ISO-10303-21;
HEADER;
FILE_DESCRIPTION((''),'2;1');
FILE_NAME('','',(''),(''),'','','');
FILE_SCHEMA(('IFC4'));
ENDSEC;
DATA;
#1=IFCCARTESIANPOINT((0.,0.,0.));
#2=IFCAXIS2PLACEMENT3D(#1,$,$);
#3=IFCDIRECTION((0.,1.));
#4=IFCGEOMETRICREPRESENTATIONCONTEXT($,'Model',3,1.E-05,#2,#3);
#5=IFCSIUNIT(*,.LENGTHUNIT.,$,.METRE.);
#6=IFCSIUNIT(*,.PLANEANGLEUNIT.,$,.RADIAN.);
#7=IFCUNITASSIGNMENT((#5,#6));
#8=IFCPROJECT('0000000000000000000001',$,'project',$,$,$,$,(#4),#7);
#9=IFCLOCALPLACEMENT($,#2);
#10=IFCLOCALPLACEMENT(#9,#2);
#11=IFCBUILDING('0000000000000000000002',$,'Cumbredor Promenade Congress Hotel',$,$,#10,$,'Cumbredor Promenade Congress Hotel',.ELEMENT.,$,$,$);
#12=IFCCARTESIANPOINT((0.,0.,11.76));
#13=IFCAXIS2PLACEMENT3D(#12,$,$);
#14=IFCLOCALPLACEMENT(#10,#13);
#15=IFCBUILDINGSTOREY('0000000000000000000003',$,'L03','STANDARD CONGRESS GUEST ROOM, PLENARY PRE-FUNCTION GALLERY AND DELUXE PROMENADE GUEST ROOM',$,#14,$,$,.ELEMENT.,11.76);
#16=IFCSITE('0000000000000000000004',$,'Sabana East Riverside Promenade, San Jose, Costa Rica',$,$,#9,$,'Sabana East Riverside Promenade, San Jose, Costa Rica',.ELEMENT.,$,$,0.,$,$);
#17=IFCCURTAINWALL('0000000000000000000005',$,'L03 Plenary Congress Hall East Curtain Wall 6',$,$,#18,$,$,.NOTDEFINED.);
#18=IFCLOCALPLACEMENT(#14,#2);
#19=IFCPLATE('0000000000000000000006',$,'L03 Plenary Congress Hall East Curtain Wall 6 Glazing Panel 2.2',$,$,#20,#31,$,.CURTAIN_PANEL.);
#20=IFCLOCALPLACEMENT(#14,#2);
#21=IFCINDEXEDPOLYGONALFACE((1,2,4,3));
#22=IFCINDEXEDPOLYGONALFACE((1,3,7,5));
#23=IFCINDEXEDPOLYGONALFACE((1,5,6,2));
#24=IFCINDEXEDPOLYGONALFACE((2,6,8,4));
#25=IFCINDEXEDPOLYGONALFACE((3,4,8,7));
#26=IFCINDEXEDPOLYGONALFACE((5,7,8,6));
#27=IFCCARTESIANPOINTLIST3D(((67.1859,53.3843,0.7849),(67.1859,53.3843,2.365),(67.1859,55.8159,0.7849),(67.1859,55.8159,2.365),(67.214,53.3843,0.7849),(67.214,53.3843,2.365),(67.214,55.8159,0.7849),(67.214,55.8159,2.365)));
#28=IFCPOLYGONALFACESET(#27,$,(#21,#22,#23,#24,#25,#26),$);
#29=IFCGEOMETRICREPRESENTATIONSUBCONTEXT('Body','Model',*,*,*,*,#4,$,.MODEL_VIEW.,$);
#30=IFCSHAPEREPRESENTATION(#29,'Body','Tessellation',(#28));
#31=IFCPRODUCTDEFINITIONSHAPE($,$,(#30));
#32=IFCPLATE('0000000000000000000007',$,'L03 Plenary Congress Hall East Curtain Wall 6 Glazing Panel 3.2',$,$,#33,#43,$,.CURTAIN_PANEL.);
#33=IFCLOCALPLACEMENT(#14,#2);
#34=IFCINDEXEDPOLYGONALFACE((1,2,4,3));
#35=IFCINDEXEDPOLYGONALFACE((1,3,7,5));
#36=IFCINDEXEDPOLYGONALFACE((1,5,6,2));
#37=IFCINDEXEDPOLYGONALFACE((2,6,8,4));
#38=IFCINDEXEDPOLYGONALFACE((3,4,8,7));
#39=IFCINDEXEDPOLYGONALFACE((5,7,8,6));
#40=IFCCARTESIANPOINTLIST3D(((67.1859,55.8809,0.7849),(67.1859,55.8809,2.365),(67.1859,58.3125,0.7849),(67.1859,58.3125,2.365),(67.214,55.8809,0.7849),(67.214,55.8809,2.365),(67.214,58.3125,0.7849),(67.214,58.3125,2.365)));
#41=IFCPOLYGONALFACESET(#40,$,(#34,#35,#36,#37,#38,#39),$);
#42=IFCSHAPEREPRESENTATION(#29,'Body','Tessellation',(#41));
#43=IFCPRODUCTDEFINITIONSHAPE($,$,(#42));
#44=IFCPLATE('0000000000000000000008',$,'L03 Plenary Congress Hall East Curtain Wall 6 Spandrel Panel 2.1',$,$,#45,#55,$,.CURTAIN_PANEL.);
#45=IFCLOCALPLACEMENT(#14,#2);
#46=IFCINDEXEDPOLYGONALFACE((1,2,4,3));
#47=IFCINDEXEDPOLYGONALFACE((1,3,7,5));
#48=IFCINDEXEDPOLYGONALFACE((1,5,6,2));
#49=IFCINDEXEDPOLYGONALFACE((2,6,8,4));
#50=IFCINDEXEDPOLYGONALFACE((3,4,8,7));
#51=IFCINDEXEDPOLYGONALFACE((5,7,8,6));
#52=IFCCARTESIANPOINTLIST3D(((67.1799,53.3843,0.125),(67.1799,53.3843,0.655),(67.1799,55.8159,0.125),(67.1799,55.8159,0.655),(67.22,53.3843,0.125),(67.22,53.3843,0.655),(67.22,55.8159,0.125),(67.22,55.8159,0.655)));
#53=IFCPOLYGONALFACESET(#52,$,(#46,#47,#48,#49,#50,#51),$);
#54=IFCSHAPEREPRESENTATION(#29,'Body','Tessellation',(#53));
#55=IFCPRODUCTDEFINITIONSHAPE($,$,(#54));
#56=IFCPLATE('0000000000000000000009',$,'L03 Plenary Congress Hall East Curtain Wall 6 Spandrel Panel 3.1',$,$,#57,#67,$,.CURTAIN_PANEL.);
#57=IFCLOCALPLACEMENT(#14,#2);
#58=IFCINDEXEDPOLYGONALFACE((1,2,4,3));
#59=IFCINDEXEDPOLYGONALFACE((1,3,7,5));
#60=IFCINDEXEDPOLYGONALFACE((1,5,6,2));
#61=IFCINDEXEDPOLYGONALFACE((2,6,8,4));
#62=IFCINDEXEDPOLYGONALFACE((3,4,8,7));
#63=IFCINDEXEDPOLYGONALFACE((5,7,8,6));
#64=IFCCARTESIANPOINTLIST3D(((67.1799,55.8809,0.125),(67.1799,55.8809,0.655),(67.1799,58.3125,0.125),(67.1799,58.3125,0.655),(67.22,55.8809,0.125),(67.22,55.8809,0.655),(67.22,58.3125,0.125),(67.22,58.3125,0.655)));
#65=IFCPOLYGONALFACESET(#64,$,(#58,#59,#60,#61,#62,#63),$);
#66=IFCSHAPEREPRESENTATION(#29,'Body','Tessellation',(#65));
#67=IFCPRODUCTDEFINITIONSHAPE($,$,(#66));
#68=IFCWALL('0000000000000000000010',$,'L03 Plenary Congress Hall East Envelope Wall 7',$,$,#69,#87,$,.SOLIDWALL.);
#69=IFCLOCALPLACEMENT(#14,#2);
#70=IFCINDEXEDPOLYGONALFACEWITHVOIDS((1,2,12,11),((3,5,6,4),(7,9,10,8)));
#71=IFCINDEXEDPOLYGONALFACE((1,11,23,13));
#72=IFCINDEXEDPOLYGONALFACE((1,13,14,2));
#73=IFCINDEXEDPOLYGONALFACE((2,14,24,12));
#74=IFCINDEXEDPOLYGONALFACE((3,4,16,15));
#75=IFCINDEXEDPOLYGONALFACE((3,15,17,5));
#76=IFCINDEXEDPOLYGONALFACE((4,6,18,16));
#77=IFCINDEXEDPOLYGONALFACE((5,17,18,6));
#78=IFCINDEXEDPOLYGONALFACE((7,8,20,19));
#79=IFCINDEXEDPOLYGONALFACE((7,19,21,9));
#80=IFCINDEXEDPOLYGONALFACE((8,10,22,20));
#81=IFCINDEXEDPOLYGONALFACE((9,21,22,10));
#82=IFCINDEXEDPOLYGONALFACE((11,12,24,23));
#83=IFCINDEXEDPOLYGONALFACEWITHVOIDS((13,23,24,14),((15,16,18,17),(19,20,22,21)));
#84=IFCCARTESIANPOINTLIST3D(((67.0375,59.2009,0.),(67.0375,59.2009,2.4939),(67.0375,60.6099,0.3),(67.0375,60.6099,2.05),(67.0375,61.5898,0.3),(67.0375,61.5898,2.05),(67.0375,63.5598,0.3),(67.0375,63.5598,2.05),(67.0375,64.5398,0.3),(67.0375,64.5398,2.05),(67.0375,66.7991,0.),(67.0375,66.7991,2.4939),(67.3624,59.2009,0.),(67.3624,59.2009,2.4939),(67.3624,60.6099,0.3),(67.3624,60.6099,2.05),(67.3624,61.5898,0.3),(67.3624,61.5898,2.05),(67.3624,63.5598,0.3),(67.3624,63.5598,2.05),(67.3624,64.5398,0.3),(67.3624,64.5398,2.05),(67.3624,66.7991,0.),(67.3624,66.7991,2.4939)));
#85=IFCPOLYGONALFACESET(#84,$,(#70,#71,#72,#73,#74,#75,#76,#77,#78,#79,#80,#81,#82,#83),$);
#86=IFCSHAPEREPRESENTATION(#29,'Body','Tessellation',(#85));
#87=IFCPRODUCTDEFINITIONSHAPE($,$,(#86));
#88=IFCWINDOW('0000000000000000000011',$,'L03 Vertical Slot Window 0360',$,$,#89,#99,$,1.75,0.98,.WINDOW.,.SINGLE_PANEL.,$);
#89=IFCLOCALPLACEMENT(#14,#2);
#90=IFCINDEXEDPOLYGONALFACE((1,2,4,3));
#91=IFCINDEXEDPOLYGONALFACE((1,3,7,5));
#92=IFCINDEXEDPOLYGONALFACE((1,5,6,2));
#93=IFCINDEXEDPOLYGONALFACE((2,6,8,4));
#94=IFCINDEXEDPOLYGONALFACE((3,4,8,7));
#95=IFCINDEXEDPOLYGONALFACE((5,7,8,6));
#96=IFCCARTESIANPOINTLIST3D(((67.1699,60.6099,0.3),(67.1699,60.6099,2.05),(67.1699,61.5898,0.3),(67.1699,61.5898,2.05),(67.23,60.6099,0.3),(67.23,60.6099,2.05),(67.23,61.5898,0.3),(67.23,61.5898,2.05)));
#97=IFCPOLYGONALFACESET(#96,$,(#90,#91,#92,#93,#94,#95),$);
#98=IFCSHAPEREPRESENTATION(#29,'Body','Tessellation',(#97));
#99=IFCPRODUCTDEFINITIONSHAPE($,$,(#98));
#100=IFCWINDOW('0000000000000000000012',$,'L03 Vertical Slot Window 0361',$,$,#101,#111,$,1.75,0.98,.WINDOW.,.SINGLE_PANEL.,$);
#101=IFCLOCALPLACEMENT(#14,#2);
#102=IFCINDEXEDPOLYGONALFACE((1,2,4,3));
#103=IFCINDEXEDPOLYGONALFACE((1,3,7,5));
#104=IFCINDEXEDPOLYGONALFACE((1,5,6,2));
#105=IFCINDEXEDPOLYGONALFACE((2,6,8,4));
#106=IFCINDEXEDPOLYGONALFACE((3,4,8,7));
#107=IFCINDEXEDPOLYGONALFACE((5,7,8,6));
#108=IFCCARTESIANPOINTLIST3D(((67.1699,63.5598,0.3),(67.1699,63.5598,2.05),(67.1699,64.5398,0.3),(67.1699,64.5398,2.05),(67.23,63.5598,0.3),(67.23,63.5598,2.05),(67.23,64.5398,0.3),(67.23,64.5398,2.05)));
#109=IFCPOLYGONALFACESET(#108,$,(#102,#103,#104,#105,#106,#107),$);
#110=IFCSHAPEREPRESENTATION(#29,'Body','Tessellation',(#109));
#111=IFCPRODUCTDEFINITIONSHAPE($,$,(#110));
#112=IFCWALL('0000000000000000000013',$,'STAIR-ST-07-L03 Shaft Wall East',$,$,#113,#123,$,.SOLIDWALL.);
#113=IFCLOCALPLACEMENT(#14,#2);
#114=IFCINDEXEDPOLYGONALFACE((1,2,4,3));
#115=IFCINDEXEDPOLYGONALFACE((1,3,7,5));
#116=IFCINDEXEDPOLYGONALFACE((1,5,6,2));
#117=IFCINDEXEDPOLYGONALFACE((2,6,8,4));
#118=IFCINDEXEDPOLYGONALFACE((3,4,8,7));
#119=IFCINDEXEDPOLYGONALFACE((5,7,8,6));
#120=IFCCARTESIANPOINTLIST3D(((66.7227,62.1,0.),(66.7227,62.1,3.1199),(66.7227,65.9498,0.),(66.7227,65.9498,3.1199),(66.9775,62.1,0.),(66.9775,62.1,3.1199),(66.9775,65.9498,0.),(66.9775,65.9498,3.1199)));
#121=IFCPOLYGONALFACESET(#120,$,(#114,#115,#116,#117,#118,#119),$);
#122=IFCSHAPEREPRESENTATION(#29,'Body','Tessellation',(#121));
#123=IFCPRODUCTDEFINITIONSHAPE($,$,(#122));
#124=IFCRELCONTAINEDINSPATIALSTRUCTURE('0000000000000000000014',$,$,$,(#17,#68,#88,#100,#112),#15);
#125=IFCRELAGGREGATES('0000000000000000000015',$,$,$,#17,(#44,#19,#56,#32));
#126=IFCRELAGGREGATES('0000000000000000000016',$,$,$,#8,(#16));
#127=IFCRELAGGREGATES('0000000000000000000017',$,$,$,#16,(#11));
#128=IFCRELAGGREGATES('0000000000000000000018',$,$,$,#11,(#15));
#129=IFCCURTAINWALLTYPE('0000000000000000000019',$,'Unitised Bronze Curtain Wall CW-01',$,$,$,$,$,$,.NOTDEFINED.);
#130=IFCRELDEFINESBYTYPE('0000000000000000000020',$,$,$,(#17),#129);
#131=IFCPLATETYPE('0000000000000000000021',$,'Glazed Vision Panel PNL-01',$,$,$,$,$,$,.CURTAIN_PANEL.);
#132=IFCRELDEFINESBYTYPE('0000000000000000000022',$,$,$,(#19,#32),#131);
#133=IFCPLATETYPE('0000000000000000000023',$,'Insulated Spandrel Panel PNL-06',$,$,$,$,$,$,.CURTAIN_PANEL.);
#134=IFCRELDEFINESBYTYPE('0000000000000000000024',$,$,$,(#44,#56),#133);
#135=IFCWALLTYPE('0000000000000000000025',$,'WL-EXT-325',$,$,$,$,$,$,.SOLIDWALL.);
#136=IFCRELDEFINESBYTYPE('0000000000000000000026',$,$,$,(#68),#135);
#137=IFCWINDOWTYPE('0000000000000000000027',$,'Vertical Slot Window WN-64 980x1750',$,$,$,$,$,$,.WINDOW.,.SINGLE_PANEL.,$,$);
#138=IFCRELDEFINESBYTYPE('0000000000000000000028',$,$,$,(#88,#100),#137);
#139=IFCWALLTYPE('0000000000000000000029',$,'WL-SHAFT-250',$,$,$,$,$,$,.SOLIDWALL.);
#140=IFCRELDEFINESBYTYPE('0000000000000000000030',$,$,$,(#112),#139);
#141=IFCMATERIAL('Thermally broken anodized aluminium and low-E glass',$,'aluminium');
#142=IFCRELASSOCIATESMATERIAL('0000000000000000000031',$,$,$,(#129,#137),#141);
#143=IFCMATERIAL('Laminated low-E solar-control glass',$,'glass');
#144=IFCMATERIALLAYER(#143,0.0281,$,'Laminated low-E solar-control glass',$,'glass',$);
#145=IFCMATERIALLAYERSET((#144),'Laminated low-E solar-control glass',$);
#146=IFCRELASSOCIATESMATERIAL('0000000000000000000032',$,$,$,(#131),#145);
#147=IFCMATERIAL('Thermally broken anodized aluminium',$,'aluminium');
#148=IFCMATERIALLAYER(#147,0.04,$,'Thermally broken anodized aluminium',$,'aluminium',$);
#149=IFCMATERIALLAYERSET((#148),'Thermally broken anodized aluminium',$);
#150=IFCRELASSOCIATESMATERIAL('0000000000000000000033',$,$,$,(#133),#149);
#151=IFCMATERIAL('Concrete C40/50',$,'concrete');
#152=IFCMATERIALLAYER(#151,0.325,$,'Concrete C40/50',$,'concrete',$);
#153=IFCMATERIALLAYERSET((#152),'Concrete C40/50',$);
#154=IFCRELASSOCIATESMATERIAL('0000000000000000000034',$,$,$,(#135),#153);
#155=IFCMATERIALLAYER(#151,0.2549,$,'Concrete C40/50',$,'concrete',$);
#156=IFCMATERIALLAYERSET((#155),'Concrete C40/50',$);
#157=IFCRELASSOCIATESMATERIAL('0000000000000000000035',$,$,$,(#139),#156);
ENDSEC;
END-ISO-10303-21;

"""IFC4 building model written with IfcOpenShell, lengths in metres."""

from ifc_helpers import new_model, si_unit, direction, frame, frame_2d, origin, origin_2d, place, context, subcontext, project, spatial, rectangle, extrude, material, layer, layer_set, type_object, element, fill, aggregate, save


model = new_model("IFC4")

# Units and contexts
model_context = context("Model", 3, precision=1e-05, world=origin(), true_north=direction((0.0, 1.0)))
body_context = subcontext(model_context, "Body", "Model", "MODEL_VIEW")
ifc_project = project(units=[si_unit("LENGTHUNIT", "METRE"), si_unit("PLANEANGLEUNIT", "RADIAN")], contexts=[model_context])

# Site, building, storey
site_placement = place(None, origin())
site = spatial("IfcSite", under=ifc_project, at=site_placement, Name="Sabana East Riverside Promenade, San Jose, Costa Rica", LongName="Sabana East Riverside Promenade, San Jose, Costa Rica", CompositionType="ELEMENT", RefElevation=0.0)
building_placement = place(site_placement, origin())
building = spatial("IfcBuilding", under=site, at=building_placement, Name="Cumbredor Promenade Congress Hotel", LongName="Cumbredor Promenade Congress Hotel", CompositionType="ELEMENT")
storey_placement = place(building_placement, frame((0.0, 0.0, 11.76)))
storey = spatial("IfcBuildingStorey", under=building, at=storey_placement, Name="L03", Description="STANDARD CONGRESS GUEST ROOM, PLENARY PRE-FUNCTION GALLERY AND DELUXE PROMENADE GUEST ROOM", CompositionType="ELEMENT", Elevation=11.76)

# Curtain wall
ifc_material_1 = material(Name="Thermally broken anodized aluminium and low-E glass", Category="aluminium")
curtain_wall_type_1 = type_object("IfcCurtainWallType", Name="Unitised Bronze Curtain Wall CW-01", PredefinedType="NOTDEFINED", material=ifc_material_1)
curtain_wall_1_placement = place(storey_placement, origin())
curtain_wall_1 = element("IfcCurtainWall", 1, at=curtain_wall_1_placement, inside=storey, type_object=curtain_wall_type_1, Name="L03 Plenary Congress Hall East Curtain Wall 6", PredefinedType="NOTDEFINED")
ifc_material_2 = material(Name="Thermally broken anodized aluminium", Category="aluminium")

# Shared definitions
ifc_material_3 = material(Name="Concrete C40/50", Category="concrete")

# Plates
ifc_material_4 = material(Name="Laminated low-E solar-control glass", Category="glass")
ifc_layer_1 = layer(ifc_material_4, 0.0281, Name="Laminated low-E solar-control glass", Category="glass")
ifc_layer_set_1 = layer_set([ifc_layer_1], Name="Laminated low-E solar-control glass")
plate_type_1 = type_object("IfcPlateType", Name="Glazed Vision Panel PNL-01", PredefinedType="CURTAIN_PANEL", material=ifc_layer_set_1)
plate_1_placement = place(storey_placement, frame((67.2, 54.6001, 0.7849), z_axis=(0.0, 0.0, 1.0), x_axis=(0.0, 1.0, 0.0)))
plate_1 = element("IfcPlate", 2, at=plate_1_placement, type_object=plate_type_1, Name="L03 Plenary Congress Hall East Curtain Wall 6 Glazing Panel 2.2", PredefinedType="CURTAIN_PANEL", context=body_context, shape_type="SweptSolid", body=[
    extrude(rectangle(XDim=2.4316, YDim=0.0281, at=origin_2d()), origin(), (0.0, 0.0, 1.0), 1.5801),
])
plate_2_placement = place(storey_placement, frame((67.2, 57.0967, 0.7849), z_axis=(0.0, 0.0, 1.0), x_axis=(0.0, 1.0, 0.0)))
plate_2 = element("IfcPlate", 3, at=plate_2_placement, type_object=plate_type_1, Name="L03 Plenary Congress Hall East Curtain Wall 6 Glazing Panel 3.2", PredefinedType="CURTAIN_PANEL", context=body_context, shape_type="SweptSolid", body=[
    extrude(rectangle(XDim=2.4316, YDim=0.0281, at=origin_2d()), origin(), (0.0, 0.0, 1.0), 1.5801),
])
ifc_layer_2 = layer(ifc_material_2, 0.04, Name="Thermally broken anodized aluminium", Category="aluminium")
ifc_layer_set_2 = layer_set([ifc_layer_2], Name="Thermally broken anodized aluminium")
plate_type_2 = type_object("IfcPlateType", Name="Insulated Spandrel Panel PNL-06", PredefinedType="CURTAIN_PANEL", material=ifc_layer_set_2)
plate_3_placement = place(storey_placement, frame((67.2, 54.6001, 0.125), z_axis=(0.0, 0.0, 1.0), x_axis=(0.0, 1.0, 0.0)))
plate_3 = element("IfcPlate", 4, at=plate_3_placement, type_object=plate_type_2, Name="L03 Plenary Congress Hall East Curtain Wall 6 Spandrel Panel 2.1", PredefinedType="CURTAIN_PANEL", context=body_context, shape_type="SweptSolid", body=[
    extrude(rectangle(XDim=2.4316, YDim=0.04, at=origin_2d()), origin(), (0.0, 0.0, 1.0), 0.53),
])
plate_4_placement = place(storey_placement, frame((67.2, 57.0967, 0.125), z_axis=(0.0, 0.0, 1.0), x_axis=(0.0, 1.0, 0.0)))
plate_4 = element("IfcPlate", 5, at=plate_4_placement, type_object=plate_type_2, Name="L03 Plenary Congress Hall East Curtain Wall 6 Spandrel Panel 3.1", PredefinedType="CURTAIN_PANEL", context=body_context, shape_type="SweptSolid", body=[
    extrude(rectangle(XDim=2.4316, YDim=0.04, at=origin_2d()), origin(), (0.0, 0.0, 1.0), 0.53),
])
aggregate(curtain_wall_1, [plate_3, plate_1, plate_4, plate_2])

# Wall, openings, windows
ifc_layer_3 = layer(ifc_material_3, 0.325, Name="Concrete C40/50", Category="concrete")
ifc_layer_set_3 = layer_set([ifc_layer_3], Name="Concrete C40/50")
wall_type_1 = type_object("IfcWallType", Name="WL-EXT-325", PredefinedType="SOLIDWALL", material=ifc_layer_set_3)
wall_1_placement = place(storey_placement, frame((67.2, 59.2009, 0.0), z_axis=(0.0, 0.0, 1.0), x_axis=(0.0, 1.0, 0.0)))
wall_1 = element("IfcWall", 6, at=wall_1_placement, inside=storey, type_object=wall_type_1, Name="L03 Plenary Congress Hall East Envelope Wall 7", PredefinedType="SOLIDWALL", context=body_context, shape_type="SweptSolid", body=[
    extrude(rectangle(XDim=7.5981, YDim=0.325, at=frame_2d((3.7991, 0.0))), origin(), (0.0, 0.0, 1.0), 2.4939),
])
opening_1_placement = place(wall_1_placement, frame((1.4089, 0.0, 0.3)))
opening_1 = element("IfcOpeningElement", 7, at=opening_1_placement, cuts=wall_1, PredefinedType="OPENING", context=body_context, shape_type="SweptSolid", body=[
    extrude(rectangle(XDim=0.98, YDim=1.75, at=frame_2d((0.49, 0.875))), frame((0.0, 0.1724, 0.0), z_axis=(0.0, -1.0, 0.0), x_axis=(1.0, 0.0, 0.0)), (0.0, 0.0, 1.0), 0.345),
])
opening_2_placement = place(wall_1_placement, frame((4.3589, 0.0, 0.3)))
opening_2 = element("IfcOpeningElement", 8, at=opening_2_placement, cuts=wall_1, PredefinedType="OPENING", context=body_context, shape_type="SweptSolid", body=[
    extrude(rectangle(XDim=0.98, YDim=1.75, at=frame_2d((0.49, 0.875))), frame((0.0, 0.1724, 0.0), z_axis=(0.0, -1.0, 0.0), x_axis=(1.0, 0.0, 0.0)), (0.0, 0.0, 1.0), 0.345),
])
window_type = type_object("IfcWindowType", Name="Vertical Slot Window WN-64 980x1750", PartitioningType="SINGLE_PANEL", PredefinedType="WINDOW", material=ifc_material_1)
window_1_placement = place(opening_1_placement, origin())
window_1 = element("IfcWindow", 9, at=window_1_placement, inside=storey, type_object=window_type, Name="L03 Vertical Slot Window 0360", OverallHeight=1.75, OverallWidth=0.98, PartitioningType="SINGLE_PANEL", PredefinedType="WINDOW", context=body_context, shape_type="SweptSolid", body=[
    extrude(rectangle(XDim=0.98, YDim=1.75, at=frame_2d((0.49, 0.875))), frame((0.0, 0.03, 0.0), z_axis=(0.0, -1.0, 0.0), x_axis=(1.0, 0.0, 0.0)), (0.0, 0.0, 1.0), 0.0601),
])
fill(opening_1, window_1)
window_2_placement = place(opening_2_placement, origin())
window_2 = element("IfcWindow", 10, at=window_2_placement, inside=storey, type_object=window_type, Name="L03 Vertical Slot Window 0361", OverallHeight=1.75, OverallWidth=0.98, PartitioningType="SINGLE_PANEL", PredefinedType="WINDOW", context=body_context, shape_type="SweptSolid", body=[
    extrude(rectangle(XDim=0.98, YDim=1.75, at=frame_2d((0.49, 0.875))), frame((0.0, 0.03, 0.0), z_axis=(0.0, -1.0, 0.0), x_axis=(1.0, 0.0, 0.0)), (0.0, 0.0, 1.0), 0.0601),
])
fill(opening_2, window_2)

# Wall
ifc_layer_4 = layer(ifc_material_3, 0.2549, Name="Concrete C40/50", Category="concrete")
ifc_layer_set_4 = layer_set([ifc_layer_4], Name="Concrete C40/50")
wall_type_2 = type_object("IfcWallType", Name="WL-SHAFT-250", PredefinedType="SOLIDWALL", material=ifc_layer_set_4)
wall_2_placement = place(storey_placement, frame((66.8501, 62.1001, 0.0), z_axis=(0.0, 0.0, 1.0), x_axis=(0.0, 1.0, 0.0)))
element("IfcWall", 11, at=wall_2_placement, inside=storey, type_object=wall_type_2, Name="STAIR-ST-07-L03 Shaft Wall East", PredefinedType="SOLIDWALL", context=body_context, shape_type="SweptSolid", body=[
    extrude(rectangle(XDim=3.8499, YDim=0.2549, at=frame_2d((1.9248, 0.0))), origin(), (0.0, 0.0, 1.0), 3.1199),
])

save(model, "model.ifc")
